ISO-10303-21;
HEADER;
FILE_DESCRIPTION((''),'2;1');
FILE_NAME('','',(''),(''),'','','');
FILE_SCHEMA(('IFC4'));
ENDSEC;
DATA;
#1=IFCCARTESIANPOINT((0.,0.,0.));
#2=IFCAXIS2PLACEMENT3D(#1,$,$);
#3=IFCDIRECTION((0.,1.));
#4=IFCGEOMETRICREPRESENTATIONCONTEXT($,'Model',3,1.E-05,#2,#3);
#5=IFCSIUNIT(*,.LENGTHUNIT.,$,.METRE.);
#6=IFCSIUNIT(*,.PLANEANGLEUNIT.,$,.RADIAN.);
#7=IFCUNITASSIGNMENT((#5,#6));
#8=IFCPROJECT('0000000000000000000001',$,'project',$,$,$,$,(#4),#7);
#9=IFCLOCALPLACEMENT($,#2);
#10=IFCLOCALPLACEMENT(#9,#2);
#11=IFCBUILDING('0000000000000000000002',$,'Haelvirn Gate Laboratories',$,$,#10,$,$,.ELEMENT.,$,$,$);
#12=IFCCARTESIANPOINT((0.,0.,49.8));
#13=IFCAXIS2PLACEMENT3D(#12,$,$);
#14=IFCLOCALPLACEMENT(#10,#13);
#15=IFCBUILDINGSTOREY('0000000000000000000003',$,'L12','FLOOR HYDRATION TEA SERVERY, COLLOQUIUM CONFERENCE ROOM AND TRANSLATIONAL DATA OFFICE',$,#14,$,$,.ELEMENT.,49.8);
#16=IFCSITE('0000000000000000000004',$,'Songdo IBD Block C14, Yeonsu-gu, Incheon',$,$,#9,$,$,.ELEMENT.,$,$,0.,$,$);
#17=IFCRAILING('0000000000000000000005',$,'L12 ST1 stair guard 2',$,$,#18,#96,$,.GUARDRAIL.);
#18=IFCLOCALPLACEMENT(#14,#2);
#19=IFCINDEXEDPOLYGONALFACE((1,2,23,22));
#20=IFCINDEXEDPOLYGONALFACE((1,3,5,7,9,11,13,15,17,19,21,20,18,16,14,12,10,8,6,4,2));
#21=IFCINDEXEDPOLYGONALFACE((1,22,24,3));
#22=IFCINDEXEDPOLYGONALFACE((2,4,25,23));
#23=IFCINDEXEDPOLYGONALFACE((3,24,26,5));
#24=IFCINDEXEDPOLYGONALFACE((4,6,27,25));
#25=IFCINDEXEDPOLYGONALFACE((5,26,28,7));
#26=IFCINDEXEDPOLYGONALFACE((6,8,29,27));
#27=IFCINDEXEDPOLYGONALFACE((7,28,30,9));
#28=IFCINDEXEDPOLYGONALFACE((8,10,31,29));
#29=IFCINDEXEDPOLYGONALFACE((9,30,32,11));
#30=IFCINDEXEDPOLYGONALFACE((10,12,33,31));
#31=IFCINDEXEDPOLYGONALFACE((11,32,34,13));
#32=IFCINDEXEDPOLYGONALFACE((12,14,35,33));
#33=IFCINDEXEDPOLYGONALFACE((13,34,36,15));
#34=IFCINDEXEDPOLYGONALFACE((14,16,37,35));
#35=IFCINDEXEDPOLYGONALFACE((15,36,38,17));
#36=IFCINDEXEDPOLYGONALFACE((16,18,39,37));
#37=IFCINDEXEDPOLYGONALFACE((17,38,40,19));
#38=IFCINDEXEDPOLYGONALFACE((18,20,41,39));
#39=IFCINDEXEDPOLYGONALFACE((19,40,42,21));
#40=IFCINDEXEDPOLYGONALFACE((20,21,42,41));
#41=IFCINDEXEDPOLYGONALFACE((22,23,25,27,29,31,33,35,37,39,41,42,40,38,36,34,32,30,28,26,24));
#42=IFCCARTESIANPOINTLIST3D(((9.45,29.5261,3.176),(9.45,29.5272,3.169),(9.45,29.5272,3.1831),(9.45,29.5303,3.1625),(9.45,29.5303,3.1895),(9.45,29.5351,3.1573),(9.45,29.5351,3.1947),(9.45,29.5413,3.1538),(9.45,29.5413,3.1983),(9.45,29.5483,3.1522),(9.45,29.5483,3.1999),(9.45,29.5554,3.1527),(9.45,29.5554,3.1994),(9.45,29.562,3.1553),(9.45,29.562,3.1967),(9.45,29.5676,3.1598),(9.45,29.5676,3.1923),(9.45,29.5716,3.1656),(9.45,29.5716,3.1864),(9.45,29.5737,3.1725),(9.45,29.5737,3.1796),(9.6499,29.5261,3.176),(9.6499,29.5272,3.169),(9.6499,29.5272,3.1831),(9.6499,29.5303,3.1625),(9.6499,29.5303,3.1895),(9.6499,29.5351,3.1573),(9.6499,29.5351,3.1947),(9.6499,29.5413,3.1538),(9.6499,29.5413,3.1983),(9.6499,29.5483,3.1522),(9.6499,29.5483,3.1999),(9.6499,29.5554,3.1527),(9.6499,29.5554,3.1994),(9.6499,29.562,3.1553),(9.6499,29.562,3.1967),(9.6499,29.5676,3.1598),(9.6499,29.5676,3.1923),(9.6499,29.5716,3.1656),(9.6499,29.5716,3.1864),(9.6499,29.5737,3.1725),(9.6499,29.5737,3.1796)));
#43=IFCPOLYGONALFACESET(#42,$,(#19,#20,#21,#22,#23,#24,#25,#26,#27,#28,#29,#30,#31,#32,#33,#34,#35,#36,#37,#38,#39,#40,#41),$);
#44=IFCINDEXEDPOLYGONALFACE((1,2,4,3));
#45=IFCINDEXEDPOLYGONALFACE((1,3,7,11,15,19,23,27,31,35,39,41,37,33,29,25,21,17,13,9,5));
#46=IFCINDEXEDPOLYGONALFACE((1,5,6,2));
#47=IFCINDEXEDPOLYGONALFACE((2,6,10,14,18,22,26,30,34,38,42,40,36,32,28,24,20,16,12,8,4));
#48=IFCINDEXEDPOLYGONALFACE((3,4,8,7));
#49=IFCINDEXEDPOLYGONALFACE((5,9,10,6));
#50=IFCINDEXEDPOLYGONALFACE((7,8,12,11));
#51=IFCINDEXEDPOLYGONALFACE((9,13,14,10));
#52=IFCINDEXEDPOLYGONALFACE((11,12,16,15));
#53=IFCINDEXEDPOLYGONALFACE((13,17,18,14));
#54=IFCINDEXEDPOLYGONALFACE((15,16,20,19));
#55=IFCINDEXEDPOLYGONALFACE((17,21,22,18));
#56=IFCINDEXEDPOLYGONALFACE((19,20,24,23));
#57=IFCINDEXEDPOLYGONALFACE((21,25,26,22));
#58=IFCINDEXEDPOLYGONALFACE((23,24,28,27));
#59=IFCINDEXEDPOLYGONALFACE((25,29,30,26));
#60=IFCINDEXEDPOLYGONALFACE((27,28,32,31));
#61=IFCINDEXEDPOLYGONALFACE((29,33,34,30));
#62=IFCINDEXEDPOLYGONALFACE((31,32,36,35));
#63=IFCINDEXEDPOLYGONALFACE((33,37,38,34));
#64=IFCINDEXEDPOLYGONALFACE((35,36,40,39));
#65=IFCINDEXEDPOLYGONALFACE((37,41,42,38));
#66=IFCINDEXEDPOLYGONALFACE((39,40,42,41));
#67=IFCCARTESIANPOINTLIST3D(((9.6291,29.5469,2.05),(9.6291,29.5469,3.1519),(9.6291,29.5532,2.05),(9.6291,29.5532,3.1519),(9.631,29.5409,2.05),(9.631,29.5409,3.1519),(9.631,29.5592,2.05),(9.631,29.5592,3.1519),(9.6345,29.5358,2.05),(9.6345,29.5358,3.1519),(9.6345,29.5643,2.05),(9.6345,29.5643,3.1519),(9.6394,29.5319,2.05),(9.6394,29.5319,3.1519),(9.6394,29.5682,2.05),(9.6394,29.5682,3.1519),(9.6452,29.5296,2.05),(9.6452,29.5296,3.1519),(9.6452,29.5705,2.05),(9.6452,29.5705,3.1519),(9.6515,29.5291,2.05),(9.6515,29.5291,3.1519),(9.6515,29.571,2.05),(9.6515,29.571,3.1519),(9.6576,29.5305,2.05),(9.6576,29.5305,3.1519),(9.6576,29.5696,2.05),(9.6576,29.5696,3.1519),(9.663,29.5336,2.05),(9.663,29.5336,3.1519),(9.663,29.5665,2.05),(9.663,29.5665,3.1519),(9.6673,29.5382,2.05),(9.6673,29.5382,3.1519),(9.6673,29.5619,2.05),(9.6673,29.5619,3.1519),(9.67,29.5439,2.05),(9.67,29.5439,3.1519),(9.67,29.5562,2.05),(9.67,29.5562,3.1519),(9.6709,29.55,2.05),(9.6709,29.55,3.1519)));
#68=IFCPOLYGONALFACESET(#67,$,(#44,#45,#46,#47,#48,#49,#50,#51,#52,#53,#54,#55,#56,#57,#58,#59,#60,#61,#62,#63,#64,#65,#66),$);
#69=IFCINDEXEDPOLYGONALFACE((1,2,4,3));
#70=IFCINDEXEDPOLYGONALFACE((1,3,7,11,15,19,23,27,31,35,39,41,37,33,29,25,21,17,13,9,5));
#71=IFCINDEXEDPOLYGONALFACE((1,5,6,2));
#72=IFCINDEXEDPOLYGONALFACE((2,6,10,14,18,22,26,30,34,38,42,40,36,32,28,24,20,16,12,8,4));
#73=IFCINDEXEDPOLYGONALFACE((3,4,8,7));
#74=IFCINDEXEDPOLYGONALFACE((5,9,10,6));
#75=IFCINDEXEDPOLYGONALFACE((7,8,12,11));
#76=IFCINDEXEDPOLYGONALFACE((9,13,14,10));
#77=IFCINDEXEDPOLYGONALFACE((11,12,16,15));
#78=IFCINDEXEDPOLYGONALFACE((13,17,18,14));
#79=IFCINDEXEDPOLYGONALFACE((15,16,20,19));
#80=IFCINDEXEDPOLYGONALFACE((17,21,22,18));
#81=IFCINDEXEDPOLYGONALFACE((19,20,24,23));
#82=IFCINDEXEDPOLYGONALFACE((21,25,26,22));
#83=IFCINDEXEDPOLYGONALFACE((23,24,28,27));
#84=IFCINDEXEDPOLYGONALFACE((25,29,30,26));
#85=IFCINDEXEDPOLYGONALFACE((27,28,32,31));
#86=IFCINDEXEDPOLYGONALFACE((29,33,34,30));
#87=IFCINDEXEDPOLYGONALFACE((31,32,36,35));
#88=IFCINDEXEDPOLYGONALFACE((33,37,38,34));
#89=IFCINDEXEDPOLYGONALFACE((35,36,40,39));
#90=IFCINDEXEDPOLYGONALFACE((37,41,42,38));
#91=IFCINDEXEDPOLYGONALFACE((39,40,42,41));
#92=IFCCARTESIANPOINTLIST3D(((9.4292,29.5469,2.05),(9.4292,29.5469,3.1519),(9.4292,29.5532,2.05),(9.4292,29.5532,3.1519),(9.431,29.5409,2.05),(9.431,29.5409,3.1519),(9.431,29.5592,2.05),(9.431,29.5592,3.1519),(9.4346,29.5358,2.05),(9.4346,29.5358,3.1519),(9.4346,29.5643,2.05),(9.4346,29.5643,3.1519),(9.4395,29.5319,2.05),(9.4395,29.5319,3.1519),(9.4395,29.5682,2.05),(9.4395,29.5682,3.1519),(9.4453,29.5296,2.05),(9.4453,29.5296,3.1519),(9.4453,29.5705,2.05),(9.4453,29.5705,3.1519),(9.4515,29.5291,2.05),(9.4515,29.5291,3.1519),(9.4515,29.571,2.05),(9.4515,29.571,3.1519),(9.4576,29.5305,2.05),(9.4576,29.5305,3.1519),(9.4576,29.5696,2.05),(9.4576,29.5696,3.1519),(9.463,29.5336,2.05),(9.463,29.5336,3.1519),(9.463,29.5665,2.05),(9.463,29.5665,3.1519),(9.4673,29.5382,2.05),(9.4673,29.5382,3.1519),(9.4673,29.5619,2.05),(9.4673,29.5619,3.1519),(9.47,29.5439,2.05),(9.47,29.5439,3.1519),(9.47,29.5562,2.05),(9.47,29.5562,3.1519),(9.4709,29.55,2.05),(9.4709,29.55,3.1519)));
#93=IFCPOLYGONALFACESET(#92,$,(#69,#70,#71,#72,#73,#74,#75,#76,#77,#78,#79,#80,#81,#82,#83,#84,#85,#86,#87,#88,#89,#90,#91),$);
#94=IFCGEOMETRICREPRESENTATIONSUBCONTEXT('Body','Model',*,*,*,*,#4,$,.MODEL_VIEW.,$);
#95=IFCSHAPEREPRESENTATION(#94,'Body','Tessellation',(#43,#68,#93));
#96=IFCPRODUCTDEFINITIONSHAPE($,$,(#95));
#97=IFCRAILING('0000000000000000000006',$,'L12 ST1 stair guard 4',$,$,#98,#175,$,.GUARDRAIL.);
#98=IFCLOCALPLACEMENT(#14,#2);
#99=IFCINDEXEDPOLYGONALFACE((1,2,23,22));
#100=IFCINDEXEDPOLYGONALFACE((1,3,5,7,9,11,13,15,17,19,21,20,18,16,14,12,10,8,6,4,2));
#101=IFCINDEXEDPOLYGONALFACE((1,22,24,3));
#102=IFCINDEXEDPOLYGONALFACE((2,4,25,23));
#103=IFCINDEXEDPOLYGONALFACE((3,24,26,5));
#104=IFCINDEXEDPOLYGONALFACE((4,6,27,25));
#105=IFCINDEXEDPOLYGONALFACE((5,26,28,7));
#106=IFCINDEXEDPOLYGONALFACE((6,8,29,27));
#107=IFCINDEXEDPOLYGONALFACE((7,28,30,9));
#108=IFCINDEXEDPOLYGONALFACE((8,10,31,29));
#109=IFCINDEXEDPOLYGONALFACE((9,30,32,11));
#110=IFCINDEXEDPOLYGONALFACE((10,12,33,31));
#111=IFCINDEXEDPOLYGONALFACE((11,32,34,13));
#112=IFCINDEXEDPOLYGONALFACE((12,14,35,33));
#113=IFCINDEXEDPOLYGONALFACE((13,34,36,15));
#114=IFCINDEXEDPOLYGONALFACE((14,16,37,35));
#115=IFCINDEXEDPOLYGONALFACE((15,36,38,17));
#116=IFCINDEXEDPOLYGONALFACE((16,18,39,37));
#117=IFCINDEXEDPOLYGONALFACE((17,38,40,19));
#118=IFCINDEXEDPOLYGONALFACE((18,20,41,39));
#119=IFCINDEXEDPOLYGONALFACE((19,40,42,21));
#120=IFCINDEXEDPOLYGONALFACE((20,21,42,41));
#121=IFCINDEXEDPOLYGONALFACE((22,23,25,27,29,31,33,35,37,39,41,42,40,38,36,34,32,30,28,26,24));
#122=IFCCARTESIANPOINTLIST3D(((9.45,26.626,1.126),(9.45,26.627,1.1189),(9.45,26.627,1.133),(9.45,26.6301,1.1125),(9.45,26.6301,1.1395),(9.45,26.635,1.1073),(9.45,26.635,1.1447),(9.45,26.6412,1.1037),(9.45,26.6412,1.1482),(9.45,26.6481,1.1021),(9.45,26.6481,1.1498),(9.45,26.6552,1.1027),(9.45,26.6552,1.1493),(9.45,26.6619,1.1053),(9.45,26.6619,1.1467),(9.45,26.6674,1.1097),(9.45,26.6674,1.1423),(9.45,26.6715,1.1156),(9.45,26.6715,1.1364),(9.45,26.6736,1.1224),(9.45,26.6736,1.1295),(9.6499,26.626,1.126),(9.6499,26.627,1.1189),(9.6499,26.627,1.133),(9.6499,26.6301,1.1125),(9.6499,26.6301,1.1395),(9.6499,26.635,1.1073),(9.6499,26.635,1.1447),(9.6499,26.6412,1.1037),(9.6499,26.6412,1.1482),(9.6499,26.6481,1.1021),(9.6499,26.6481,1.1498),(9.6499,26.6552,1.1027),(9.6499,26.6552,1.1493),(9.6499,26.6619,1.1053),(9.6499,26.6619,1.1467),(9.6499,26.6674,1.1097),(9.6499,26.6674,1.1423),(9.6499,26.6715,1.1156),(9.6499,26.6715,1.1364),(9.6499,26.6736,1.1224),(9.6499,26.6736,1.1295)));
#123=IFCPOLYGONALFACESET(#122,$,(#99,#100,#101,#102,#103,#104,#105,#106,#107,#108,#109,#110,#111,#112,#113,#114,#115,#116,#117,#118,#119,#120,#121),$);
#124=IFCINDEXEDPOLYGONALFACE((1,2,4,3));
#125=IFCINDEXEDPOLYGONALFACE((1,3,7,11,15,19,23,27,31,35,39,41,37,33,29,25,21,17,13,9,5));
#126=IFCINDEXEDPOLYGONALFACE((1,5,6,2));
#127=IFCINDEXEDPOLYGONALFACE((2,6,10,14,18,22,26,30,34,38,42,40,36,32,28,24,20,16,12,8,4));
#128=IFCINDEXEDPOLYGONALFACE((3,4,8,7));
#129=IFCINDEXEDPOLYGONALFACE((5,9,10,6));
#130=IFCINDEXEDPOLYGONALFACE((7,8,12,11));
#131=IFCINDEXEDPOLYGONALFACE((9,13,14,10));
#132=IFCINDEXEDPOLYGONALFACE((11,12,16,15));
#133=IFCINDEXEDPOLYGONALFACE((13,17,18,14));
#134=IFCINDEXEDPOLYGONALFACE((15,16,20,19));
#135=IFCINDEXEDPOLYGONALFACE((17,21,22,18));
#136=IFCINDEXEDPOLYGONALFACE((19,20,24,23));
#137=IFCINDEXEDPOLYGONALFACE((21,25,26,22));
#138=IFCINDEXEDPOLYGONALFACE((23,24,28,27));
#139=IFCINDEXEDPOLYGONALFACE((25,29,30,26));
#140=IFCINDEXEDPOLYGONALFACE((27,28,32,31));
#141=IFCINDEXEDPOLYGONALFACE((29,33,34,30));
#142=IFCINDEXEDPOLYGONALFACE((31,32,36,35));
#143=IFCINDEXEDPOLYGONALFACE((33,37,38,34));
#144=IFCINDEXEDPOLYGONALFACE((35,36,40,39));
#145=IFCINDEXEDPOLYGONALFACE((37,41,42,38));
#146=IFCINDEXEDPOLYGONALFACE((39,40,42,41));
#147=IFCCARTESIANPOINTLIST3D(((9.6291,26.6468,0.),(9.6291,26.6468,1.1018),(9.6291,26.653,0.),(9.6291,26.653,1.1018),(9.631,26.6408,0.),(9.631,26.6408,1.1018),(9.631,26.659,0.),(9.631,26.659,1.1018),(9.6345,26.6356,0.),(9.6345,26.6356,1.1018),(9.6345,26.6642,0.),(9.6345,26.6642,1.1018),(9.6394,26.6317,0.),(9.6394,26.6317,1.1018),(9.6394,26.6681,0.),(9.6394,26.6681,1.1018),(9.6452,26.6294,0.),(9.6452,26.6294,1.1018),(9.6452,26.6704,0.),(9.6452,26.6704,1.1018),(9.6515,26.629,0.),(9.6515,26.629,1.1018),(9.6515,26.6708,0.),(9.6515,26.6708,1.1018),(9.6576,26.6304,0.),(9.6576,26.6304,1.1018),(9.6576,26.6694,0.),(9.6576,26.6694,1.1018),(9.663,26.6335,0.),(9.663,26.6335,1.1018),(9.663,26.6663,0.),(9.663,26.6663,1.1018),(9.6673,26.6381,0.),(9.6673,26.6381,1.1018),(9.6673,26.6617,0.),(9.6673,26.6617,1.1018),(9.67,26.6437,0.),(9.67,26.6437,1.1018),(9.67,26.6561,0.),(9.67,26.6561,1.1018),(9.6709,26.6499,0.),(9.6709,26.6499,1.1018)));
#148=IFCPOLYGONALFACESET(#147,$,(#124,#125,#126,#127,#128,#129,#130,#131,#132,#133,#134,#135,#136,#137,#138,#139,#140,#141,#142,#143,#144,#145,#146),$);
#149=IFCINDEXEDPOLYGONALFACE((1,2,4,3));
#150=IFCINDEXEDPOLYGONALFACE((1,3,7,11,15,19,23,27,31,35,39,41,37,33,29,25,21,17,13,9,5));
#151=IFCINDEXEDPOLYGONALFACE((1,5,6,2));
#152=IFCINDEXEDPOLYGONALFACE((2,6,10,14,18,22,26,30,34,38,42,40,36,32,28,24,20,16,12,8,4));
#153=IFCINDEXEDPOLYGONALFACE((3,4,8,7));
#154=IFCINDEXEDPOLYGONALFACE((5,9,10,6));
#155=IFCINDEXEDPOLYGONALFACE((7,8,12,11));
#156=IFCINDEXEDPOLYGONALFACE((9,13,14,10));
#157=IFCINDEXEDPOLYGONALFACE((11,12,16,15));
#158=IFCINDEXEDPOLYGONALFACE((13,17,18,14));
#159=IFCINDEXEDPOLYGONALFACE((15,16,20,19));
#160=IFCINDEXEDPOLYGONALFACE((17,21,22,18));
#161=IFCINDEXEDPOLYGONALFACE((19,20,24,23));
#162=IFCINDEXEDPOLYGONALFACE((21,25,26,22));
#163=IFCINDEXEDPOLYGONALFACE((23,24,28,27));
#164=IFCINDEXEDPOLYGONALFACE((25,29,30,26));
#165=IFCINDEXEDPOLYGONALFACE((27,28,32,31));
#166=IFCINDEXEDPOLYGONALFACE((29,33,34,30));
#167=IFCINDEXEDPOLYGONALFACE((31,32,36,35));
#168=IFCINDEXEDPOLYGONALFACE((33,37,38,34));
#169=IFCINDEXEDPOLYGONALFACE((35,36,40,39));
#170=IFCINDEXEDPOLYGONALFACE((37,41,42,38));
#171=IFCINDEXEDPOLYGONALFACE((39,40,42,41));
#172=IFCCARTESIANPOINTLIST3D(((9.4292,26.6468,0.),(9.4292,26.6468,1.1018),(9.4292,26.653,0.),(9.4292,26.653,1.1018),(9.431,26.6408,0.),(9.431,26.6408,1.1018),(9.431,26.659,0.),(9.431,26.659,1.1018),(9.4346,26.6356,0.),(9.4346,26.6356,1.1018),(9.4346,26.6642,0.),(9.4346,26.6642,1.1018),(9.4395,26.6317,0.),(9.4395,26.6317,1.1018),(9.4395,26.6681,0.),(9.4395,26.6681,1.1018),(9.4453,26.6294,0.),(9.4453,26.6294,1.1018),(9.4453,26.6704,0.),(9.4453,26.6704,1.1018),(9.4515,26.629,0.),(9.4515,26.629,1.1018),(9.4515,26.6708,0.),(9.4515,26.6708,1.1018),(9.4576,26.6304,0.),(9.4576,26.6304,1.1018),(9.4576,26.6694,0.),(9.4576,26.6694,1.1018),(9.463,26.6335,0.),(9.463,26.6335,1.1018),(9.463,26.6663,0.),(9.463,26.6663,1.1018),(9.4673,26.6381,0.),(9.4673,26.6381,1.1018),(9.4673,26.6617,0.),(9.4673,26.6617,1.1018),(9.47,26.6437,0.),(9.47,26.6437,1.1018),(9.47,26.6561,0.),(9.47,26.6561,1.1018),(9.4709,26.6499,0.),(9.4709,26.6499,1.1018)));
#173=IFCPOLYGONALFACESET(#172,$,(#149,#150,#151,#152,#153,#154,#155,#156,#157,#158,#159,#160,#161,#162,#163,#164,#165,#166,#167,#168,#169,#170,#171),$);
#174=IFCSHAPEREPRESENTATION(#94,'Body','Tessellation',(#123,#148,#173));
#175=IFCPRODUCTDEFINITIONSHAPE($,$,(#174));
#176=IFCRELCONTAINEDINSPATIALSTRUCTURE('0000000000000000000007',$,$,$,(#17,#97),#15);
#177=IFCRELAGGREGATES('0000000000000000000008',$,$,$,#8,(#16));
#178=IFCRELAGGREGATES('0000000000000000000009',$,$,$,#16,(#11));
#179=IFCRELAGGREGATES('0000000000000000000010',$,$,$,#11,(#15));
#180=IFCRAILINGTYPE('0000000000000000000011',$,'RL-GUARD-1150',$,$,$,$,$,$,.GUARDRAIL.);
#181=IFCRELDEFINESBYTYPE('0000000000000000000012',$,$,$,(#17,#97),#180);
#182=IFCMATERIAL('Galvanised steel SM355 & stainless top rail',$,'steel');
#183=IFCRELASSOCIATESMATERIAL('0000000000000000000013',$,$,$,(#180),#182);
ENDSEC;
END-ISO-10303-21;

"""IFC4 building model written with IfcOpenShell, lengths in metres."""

from ifc_helpers import new_model, si_unit, direction, frame, origin, origin_2d, place, context, subcontext, project, spatial, circle, extrude, source, transform, mapped, material, type_object, element, save


model = new_model("IFC4")

# Units and contexts
model_context = context("Model", 3, precision=1e-05, world=origin(), true_north=direction((0.0, 1.0)))
body_context = subcontext(model_context, "Body", "Model", "MODEL_VIEW")
ifc_project = project(units=[si_unit("LENGTHUNIT", "METRE"), si_unit("PLANEANGLEUNIT", "RADIAN")], contexts=[model_context])

# Site, building, storey
site_placement = place(None, origin())
site = spatial("IfcSite", under=ifc_project, at=site_placement, Name="Songdo IBD Block C14, Yeonsu-gu, Incheon", CompositionType="ELEMENT", RefElevation=0.0)
building_placement = place(site_placement, origin())
building = spatial("IfcBuilding", under=site, at=building_placement, Name="Haelvirn Gate Laboratories", CompositionType="ELEMENT")
storey_placement = place(building_placement, frame((0.0, 0.0, 49.8)))
storey = spatial("IfcBuildingStorey", under=building, at=storey_placement, Name="L12", Description="FLOOR HYDRATION TEA SERVERY, COLLOQUIUM CONFERENCE ROOM AND TRANSLATIONAL DATA OFFICE", CompositionType="ELEMENT", Elevation=49.8)

# Railings
ifc_material_1 = material(Name="Galvanised steel SM355 & stainless top rail", Category="steel")
railing_type_1 = type_object("IfcRailingType", Name="RL-GUARD-1150", PredefinedType="GUARDRAIL", material=ifc_material_1)
shared_shape_1 = source(origin(), body_context, "Body", "SweptSolid", [
    extrude(circle(Radius=0.0239, at=origin_2d()), frame((0.0, 0.0, 1.126), z_axis=(-1.0, 0.0, 0.0), x_axis=(0.0, -1.0, 0.0)), (0.0, 0.0, 1.0), 0.2),
    extrude(circle(Radius=0.021, at=origin_2d()), origin(), (0.0, 0.0, 1.0), 1.1018),
    extrude(circle(Radius=0.021, at=origin_2d()), frame((-0.2, 0.0, 0.0)), (0.0, 0.0, 1.0), 1.1018),
])
for number, where, name in (
    (1, (9.6499, 29.55, 2.05), "L12 ST1 stair guard 2"),
    (2, (9.6499, 26.6499, 0.0), "L12 ST1 stair guard 4"),
):
    element("IfcRailing", number, at=place(storey_placement, frame(where)), inside=storey, type_object=railing_type_1, Name=name, PredefinedType="GUARDRAIL", context=body_context, shape_type="MappedRepresentation", body=[
        mapped(shared_shape_1, transform((0.0, 0.0, 0.0), scale=1.0)),
    ])

save(model, "model.ifc")
